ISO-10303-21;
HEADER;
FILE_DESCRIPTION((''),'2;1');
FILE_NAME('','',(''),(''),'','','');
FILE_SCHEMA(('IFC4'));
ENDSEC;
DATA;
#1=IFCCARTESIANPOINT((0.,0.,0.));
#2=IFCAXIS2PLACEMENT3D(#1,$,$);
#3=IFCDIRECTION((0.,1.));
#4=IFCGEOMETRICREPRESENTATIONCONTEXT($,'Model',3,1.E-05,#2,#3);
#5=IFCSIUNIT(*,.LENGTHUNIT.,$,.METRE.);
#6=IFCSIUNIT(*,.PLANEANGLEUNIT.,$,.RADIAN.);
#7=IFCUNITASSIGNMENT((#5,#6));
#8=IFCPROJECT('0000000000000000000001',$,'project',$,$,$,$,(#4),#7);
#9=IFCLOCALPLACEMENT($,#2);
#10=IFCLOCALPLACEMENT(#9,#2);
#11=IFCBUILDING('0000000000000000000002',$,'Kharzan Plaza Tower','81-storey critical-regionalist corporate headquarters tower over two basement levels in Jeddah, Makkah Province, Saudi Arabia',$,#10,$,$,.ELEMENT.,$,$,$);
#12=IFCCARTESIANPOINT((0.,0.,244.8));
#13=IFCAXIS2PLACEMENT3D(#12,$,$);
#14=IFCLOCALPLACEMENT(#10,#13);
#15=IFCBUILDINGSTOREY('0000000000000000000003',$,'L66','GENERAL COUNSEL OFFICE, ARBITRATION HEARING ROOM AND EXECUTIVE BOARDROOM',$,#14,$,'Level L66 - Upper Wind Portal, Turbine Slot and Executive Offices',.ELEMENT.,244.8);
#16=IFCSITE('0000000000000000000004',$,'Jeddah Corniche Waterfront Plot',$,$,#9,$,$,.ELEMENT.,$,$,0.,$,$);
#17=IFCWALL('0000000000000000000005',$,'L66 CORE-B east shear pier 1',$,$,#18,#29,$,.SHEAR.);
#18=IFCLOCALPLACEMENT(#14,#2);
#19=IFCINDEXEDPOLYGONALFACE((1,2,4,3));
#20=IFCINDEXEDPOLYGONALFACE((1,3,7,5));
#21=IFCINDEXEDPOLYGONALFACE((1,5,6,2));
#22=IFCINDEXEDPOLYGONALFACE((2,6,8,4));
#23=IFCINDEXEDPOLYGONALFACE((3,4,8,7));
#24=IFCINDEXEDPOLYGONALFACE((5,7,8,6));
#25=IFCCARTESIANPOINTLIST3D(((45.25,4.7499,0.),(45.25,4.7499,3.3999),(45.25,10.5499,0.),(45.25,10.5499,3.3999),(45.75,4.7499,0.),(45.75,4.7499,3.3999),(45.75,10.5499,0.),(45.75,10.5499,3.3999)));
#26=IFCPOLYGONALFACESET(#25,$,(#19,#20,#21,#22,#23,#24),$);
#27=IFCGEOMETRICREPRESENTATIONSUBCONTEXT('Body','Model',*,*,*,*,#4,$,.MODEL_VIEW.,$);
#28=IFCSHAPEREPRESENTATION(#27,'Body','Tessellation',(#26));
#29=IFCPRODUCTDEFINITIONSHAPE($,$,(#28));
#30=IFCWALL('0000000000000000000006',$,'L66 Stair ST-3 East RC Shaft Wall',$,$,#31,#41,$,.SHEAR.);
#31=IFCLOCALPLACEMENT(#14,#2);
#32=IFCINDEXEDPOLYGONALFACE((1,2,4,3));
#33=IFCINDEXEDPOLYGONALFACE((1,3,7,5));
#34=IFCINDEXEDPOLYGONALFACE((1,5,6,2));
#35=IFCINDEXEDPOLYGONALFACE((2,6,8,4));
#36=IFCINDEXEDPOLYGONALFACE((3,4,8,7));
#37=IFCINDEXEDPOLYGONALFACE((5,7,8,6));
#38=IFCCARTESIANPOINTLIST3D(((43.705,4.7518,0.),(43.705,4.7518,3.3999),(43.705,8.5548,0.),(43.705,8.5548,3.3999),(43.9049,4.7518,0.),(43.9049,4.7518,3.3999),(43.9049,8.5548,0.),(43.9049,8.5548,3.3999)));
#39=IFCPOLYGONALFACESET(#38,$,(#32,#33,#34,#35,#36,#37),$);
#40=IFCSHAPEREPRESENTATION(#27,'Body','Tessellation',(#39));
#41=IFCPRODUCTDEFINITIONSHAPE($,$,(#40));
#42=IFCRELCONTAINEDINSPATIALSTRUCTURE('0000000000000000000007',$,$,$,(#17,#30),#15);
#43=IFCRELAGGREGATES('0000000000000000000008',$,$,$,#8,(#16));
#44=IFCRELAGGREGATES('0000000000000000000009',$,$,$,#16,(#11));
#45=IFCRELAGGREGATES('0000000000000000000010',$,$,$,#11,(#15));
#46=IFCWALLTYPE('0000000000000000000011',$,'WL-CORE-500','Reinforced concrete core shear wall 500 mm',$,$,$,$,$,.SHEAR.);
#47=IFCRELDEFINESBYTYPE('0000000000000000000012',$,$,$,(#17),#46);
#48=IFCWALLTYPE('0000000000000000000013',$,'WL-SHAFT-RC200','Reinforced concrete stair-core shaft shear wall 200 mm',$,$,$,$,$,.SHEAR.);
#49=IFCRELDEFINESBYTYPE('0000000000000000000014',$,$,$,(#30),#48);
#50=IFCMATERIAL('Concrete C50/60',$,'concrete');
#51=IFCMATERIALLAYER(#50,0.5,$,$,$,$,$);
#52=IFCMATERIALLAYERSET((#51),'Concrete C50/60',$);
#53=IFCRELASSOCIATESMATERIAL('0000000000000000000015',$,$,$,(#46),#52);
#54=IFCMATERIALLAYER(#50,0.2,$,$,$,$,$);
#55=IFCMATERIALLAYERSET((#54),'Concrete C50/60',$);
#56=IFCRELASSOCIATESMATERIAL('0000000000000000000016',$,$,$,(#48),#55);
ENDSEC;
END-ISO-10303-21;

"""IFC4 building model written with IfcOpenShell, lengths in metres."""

from ifc_helpers import new_model, si_unit, direction, frame, frame_2d, origin, place, context, subcontext, project, spatial, rectangle, extrude, source, transform, mapped, material, layer, layer_set, type_object, element, save


model = new_model("IFC4")

# Units and contexts
model_context = context("Model", 3, precision=1e-05, world=origin(), true_north=direction((0.0, 1.0)))
body_context = subcontext(model_context, "Body", "Model", "MODEL_VIEW")
ifc_project = project(units=[si_unit("LENGTHUNIT", "METRE"), si_unit("PLANEANGLEUNIT", "RADIAN")], contexts=[model_context])

# Site, building, storey
site_placement = place(None, origin())
site = spatial("IfcSite", under=ifc_project, at=site_placement, Name="Jeddah Corniche Waterfront Plot", CompositionType="ELEMENT", RefElevation=0.0)
building_placement = place(site_placement, origin())
building = spatial("IfcBuilding", under=site, at=building_placement, Name="Kharzan Plaza Tower", Description="81-storey critical-regionalist corporate headquarters tower over two basement levels in Jeddah, Makkah Province, Saudi Arabia", CompositionType="ELEMENT")
storey_placement = place(building_placement, frame((0.0, 0.0, 244.8)))
storey = spatial("IfcBuildingStorey", under=building, at=storey_placement, Name="L66", Description="GENERAL COUNSEL OFFICE, ARBITRATION HEARING ROOM AND EXECUTIVE BOARDROOM", LongName="Level L66 - Upper Wind Portal, Turbine Slot and Executive Offices", CompositionType="ELEMENT", Elevation=244.8)

# Shared definitions
ifc_material_1 = material(Name="Concrete C50/60", Category="concrete")

# Walls
ifc_layer_1 = layer(ifc_material_1, 0.5)
ifc_layer_set_1 = layer_set([ifc_layer_1], Name="Concrete C50/60")
wall_type_1 = type_object("IfcWallType", Name="WL-CORE-500", Description="Reinforced concrete core shear wall 500 mm", PredefinedType="SHEAR", material=ifc_layer_set_1)
shared_shape_1 = source(origin(), body_context, "Body", "SweptSolid", [
    extrude(rectangle(XDim=5.8, YDim=0.5, at=frame_2d((2.8999, 0.0))), origin(), (0.0, 0.0, 1.0), 3.3999),
])
wall_1_placement = place(storey_placement, frame((45.5, 4.75, 0.0), z_axis=(0.0, 0.0, 1.0), x_axis=(0.0, 1.0, 0.0)))
element("IfcWall", 1, at=wall_1_placement, inside=storey, type_object=wall_type_1, Name="L66 CORE-B east shear pier 1", PredefinedType="SHEAR", context=body_context, shape_type="MappedRepresentation", body=[
    mapped(shared_shape_1, transform((0.0, 0.0, 0.0), x_axis=(1.0, 0.0, 0.0), y_axis=(0.0, 1.0, 0.0), z_axis=(0.0, 0.0, 1.0))),
])
ifc_layer_2 = layer(ifc_material_1, 0.2)
ifc_layer_set_2 = layer_set([ifc_layer_2], Name="Concrete C50/60")
wall_type_2 = type_object("IfcWallType", Name="WL-SHAFT-RC200", Description="Reinforced concrete stair-core shaft shear wall 200 mm", PredefinedType="SHEAR", material=ifc_layer_set_2)
shared_shape_2 = source(origin(), body_context, "Body", "SweptSolid", [
    extrude(rectangle(XDim=3.803, YDim=0.2, at=frame_2d((1.9014, 0.0))), origin(), (0.0, 0.0, 1.0), 3.3999),
])
wall_2_placement = place(storey_placement, frame((43.8049, 4.752, 0.0), z_axis=(0.0, 0.0, 1.0), x_axis=(0.0, 1.0, 0.0)))
element("IfcWall", 2, at=wall_2_placement, inside=storey, type_object=wall_type_2, Name="L66 Stair ST-3 East RC Shaft Wall", PredefinedType="SHEAR", context=body_context, shape_type="MappedRepresentation", body=[
    mapped(shared_shape_2, transform((0.0, 0.0, 0.0), x_axis=(1.0, 0.0, 0.0), y_axis=(0.0, 1.0, 0.0), z_axis=(0.0, 0.0, 1.0))),
])

save(model, "model.ifc")
